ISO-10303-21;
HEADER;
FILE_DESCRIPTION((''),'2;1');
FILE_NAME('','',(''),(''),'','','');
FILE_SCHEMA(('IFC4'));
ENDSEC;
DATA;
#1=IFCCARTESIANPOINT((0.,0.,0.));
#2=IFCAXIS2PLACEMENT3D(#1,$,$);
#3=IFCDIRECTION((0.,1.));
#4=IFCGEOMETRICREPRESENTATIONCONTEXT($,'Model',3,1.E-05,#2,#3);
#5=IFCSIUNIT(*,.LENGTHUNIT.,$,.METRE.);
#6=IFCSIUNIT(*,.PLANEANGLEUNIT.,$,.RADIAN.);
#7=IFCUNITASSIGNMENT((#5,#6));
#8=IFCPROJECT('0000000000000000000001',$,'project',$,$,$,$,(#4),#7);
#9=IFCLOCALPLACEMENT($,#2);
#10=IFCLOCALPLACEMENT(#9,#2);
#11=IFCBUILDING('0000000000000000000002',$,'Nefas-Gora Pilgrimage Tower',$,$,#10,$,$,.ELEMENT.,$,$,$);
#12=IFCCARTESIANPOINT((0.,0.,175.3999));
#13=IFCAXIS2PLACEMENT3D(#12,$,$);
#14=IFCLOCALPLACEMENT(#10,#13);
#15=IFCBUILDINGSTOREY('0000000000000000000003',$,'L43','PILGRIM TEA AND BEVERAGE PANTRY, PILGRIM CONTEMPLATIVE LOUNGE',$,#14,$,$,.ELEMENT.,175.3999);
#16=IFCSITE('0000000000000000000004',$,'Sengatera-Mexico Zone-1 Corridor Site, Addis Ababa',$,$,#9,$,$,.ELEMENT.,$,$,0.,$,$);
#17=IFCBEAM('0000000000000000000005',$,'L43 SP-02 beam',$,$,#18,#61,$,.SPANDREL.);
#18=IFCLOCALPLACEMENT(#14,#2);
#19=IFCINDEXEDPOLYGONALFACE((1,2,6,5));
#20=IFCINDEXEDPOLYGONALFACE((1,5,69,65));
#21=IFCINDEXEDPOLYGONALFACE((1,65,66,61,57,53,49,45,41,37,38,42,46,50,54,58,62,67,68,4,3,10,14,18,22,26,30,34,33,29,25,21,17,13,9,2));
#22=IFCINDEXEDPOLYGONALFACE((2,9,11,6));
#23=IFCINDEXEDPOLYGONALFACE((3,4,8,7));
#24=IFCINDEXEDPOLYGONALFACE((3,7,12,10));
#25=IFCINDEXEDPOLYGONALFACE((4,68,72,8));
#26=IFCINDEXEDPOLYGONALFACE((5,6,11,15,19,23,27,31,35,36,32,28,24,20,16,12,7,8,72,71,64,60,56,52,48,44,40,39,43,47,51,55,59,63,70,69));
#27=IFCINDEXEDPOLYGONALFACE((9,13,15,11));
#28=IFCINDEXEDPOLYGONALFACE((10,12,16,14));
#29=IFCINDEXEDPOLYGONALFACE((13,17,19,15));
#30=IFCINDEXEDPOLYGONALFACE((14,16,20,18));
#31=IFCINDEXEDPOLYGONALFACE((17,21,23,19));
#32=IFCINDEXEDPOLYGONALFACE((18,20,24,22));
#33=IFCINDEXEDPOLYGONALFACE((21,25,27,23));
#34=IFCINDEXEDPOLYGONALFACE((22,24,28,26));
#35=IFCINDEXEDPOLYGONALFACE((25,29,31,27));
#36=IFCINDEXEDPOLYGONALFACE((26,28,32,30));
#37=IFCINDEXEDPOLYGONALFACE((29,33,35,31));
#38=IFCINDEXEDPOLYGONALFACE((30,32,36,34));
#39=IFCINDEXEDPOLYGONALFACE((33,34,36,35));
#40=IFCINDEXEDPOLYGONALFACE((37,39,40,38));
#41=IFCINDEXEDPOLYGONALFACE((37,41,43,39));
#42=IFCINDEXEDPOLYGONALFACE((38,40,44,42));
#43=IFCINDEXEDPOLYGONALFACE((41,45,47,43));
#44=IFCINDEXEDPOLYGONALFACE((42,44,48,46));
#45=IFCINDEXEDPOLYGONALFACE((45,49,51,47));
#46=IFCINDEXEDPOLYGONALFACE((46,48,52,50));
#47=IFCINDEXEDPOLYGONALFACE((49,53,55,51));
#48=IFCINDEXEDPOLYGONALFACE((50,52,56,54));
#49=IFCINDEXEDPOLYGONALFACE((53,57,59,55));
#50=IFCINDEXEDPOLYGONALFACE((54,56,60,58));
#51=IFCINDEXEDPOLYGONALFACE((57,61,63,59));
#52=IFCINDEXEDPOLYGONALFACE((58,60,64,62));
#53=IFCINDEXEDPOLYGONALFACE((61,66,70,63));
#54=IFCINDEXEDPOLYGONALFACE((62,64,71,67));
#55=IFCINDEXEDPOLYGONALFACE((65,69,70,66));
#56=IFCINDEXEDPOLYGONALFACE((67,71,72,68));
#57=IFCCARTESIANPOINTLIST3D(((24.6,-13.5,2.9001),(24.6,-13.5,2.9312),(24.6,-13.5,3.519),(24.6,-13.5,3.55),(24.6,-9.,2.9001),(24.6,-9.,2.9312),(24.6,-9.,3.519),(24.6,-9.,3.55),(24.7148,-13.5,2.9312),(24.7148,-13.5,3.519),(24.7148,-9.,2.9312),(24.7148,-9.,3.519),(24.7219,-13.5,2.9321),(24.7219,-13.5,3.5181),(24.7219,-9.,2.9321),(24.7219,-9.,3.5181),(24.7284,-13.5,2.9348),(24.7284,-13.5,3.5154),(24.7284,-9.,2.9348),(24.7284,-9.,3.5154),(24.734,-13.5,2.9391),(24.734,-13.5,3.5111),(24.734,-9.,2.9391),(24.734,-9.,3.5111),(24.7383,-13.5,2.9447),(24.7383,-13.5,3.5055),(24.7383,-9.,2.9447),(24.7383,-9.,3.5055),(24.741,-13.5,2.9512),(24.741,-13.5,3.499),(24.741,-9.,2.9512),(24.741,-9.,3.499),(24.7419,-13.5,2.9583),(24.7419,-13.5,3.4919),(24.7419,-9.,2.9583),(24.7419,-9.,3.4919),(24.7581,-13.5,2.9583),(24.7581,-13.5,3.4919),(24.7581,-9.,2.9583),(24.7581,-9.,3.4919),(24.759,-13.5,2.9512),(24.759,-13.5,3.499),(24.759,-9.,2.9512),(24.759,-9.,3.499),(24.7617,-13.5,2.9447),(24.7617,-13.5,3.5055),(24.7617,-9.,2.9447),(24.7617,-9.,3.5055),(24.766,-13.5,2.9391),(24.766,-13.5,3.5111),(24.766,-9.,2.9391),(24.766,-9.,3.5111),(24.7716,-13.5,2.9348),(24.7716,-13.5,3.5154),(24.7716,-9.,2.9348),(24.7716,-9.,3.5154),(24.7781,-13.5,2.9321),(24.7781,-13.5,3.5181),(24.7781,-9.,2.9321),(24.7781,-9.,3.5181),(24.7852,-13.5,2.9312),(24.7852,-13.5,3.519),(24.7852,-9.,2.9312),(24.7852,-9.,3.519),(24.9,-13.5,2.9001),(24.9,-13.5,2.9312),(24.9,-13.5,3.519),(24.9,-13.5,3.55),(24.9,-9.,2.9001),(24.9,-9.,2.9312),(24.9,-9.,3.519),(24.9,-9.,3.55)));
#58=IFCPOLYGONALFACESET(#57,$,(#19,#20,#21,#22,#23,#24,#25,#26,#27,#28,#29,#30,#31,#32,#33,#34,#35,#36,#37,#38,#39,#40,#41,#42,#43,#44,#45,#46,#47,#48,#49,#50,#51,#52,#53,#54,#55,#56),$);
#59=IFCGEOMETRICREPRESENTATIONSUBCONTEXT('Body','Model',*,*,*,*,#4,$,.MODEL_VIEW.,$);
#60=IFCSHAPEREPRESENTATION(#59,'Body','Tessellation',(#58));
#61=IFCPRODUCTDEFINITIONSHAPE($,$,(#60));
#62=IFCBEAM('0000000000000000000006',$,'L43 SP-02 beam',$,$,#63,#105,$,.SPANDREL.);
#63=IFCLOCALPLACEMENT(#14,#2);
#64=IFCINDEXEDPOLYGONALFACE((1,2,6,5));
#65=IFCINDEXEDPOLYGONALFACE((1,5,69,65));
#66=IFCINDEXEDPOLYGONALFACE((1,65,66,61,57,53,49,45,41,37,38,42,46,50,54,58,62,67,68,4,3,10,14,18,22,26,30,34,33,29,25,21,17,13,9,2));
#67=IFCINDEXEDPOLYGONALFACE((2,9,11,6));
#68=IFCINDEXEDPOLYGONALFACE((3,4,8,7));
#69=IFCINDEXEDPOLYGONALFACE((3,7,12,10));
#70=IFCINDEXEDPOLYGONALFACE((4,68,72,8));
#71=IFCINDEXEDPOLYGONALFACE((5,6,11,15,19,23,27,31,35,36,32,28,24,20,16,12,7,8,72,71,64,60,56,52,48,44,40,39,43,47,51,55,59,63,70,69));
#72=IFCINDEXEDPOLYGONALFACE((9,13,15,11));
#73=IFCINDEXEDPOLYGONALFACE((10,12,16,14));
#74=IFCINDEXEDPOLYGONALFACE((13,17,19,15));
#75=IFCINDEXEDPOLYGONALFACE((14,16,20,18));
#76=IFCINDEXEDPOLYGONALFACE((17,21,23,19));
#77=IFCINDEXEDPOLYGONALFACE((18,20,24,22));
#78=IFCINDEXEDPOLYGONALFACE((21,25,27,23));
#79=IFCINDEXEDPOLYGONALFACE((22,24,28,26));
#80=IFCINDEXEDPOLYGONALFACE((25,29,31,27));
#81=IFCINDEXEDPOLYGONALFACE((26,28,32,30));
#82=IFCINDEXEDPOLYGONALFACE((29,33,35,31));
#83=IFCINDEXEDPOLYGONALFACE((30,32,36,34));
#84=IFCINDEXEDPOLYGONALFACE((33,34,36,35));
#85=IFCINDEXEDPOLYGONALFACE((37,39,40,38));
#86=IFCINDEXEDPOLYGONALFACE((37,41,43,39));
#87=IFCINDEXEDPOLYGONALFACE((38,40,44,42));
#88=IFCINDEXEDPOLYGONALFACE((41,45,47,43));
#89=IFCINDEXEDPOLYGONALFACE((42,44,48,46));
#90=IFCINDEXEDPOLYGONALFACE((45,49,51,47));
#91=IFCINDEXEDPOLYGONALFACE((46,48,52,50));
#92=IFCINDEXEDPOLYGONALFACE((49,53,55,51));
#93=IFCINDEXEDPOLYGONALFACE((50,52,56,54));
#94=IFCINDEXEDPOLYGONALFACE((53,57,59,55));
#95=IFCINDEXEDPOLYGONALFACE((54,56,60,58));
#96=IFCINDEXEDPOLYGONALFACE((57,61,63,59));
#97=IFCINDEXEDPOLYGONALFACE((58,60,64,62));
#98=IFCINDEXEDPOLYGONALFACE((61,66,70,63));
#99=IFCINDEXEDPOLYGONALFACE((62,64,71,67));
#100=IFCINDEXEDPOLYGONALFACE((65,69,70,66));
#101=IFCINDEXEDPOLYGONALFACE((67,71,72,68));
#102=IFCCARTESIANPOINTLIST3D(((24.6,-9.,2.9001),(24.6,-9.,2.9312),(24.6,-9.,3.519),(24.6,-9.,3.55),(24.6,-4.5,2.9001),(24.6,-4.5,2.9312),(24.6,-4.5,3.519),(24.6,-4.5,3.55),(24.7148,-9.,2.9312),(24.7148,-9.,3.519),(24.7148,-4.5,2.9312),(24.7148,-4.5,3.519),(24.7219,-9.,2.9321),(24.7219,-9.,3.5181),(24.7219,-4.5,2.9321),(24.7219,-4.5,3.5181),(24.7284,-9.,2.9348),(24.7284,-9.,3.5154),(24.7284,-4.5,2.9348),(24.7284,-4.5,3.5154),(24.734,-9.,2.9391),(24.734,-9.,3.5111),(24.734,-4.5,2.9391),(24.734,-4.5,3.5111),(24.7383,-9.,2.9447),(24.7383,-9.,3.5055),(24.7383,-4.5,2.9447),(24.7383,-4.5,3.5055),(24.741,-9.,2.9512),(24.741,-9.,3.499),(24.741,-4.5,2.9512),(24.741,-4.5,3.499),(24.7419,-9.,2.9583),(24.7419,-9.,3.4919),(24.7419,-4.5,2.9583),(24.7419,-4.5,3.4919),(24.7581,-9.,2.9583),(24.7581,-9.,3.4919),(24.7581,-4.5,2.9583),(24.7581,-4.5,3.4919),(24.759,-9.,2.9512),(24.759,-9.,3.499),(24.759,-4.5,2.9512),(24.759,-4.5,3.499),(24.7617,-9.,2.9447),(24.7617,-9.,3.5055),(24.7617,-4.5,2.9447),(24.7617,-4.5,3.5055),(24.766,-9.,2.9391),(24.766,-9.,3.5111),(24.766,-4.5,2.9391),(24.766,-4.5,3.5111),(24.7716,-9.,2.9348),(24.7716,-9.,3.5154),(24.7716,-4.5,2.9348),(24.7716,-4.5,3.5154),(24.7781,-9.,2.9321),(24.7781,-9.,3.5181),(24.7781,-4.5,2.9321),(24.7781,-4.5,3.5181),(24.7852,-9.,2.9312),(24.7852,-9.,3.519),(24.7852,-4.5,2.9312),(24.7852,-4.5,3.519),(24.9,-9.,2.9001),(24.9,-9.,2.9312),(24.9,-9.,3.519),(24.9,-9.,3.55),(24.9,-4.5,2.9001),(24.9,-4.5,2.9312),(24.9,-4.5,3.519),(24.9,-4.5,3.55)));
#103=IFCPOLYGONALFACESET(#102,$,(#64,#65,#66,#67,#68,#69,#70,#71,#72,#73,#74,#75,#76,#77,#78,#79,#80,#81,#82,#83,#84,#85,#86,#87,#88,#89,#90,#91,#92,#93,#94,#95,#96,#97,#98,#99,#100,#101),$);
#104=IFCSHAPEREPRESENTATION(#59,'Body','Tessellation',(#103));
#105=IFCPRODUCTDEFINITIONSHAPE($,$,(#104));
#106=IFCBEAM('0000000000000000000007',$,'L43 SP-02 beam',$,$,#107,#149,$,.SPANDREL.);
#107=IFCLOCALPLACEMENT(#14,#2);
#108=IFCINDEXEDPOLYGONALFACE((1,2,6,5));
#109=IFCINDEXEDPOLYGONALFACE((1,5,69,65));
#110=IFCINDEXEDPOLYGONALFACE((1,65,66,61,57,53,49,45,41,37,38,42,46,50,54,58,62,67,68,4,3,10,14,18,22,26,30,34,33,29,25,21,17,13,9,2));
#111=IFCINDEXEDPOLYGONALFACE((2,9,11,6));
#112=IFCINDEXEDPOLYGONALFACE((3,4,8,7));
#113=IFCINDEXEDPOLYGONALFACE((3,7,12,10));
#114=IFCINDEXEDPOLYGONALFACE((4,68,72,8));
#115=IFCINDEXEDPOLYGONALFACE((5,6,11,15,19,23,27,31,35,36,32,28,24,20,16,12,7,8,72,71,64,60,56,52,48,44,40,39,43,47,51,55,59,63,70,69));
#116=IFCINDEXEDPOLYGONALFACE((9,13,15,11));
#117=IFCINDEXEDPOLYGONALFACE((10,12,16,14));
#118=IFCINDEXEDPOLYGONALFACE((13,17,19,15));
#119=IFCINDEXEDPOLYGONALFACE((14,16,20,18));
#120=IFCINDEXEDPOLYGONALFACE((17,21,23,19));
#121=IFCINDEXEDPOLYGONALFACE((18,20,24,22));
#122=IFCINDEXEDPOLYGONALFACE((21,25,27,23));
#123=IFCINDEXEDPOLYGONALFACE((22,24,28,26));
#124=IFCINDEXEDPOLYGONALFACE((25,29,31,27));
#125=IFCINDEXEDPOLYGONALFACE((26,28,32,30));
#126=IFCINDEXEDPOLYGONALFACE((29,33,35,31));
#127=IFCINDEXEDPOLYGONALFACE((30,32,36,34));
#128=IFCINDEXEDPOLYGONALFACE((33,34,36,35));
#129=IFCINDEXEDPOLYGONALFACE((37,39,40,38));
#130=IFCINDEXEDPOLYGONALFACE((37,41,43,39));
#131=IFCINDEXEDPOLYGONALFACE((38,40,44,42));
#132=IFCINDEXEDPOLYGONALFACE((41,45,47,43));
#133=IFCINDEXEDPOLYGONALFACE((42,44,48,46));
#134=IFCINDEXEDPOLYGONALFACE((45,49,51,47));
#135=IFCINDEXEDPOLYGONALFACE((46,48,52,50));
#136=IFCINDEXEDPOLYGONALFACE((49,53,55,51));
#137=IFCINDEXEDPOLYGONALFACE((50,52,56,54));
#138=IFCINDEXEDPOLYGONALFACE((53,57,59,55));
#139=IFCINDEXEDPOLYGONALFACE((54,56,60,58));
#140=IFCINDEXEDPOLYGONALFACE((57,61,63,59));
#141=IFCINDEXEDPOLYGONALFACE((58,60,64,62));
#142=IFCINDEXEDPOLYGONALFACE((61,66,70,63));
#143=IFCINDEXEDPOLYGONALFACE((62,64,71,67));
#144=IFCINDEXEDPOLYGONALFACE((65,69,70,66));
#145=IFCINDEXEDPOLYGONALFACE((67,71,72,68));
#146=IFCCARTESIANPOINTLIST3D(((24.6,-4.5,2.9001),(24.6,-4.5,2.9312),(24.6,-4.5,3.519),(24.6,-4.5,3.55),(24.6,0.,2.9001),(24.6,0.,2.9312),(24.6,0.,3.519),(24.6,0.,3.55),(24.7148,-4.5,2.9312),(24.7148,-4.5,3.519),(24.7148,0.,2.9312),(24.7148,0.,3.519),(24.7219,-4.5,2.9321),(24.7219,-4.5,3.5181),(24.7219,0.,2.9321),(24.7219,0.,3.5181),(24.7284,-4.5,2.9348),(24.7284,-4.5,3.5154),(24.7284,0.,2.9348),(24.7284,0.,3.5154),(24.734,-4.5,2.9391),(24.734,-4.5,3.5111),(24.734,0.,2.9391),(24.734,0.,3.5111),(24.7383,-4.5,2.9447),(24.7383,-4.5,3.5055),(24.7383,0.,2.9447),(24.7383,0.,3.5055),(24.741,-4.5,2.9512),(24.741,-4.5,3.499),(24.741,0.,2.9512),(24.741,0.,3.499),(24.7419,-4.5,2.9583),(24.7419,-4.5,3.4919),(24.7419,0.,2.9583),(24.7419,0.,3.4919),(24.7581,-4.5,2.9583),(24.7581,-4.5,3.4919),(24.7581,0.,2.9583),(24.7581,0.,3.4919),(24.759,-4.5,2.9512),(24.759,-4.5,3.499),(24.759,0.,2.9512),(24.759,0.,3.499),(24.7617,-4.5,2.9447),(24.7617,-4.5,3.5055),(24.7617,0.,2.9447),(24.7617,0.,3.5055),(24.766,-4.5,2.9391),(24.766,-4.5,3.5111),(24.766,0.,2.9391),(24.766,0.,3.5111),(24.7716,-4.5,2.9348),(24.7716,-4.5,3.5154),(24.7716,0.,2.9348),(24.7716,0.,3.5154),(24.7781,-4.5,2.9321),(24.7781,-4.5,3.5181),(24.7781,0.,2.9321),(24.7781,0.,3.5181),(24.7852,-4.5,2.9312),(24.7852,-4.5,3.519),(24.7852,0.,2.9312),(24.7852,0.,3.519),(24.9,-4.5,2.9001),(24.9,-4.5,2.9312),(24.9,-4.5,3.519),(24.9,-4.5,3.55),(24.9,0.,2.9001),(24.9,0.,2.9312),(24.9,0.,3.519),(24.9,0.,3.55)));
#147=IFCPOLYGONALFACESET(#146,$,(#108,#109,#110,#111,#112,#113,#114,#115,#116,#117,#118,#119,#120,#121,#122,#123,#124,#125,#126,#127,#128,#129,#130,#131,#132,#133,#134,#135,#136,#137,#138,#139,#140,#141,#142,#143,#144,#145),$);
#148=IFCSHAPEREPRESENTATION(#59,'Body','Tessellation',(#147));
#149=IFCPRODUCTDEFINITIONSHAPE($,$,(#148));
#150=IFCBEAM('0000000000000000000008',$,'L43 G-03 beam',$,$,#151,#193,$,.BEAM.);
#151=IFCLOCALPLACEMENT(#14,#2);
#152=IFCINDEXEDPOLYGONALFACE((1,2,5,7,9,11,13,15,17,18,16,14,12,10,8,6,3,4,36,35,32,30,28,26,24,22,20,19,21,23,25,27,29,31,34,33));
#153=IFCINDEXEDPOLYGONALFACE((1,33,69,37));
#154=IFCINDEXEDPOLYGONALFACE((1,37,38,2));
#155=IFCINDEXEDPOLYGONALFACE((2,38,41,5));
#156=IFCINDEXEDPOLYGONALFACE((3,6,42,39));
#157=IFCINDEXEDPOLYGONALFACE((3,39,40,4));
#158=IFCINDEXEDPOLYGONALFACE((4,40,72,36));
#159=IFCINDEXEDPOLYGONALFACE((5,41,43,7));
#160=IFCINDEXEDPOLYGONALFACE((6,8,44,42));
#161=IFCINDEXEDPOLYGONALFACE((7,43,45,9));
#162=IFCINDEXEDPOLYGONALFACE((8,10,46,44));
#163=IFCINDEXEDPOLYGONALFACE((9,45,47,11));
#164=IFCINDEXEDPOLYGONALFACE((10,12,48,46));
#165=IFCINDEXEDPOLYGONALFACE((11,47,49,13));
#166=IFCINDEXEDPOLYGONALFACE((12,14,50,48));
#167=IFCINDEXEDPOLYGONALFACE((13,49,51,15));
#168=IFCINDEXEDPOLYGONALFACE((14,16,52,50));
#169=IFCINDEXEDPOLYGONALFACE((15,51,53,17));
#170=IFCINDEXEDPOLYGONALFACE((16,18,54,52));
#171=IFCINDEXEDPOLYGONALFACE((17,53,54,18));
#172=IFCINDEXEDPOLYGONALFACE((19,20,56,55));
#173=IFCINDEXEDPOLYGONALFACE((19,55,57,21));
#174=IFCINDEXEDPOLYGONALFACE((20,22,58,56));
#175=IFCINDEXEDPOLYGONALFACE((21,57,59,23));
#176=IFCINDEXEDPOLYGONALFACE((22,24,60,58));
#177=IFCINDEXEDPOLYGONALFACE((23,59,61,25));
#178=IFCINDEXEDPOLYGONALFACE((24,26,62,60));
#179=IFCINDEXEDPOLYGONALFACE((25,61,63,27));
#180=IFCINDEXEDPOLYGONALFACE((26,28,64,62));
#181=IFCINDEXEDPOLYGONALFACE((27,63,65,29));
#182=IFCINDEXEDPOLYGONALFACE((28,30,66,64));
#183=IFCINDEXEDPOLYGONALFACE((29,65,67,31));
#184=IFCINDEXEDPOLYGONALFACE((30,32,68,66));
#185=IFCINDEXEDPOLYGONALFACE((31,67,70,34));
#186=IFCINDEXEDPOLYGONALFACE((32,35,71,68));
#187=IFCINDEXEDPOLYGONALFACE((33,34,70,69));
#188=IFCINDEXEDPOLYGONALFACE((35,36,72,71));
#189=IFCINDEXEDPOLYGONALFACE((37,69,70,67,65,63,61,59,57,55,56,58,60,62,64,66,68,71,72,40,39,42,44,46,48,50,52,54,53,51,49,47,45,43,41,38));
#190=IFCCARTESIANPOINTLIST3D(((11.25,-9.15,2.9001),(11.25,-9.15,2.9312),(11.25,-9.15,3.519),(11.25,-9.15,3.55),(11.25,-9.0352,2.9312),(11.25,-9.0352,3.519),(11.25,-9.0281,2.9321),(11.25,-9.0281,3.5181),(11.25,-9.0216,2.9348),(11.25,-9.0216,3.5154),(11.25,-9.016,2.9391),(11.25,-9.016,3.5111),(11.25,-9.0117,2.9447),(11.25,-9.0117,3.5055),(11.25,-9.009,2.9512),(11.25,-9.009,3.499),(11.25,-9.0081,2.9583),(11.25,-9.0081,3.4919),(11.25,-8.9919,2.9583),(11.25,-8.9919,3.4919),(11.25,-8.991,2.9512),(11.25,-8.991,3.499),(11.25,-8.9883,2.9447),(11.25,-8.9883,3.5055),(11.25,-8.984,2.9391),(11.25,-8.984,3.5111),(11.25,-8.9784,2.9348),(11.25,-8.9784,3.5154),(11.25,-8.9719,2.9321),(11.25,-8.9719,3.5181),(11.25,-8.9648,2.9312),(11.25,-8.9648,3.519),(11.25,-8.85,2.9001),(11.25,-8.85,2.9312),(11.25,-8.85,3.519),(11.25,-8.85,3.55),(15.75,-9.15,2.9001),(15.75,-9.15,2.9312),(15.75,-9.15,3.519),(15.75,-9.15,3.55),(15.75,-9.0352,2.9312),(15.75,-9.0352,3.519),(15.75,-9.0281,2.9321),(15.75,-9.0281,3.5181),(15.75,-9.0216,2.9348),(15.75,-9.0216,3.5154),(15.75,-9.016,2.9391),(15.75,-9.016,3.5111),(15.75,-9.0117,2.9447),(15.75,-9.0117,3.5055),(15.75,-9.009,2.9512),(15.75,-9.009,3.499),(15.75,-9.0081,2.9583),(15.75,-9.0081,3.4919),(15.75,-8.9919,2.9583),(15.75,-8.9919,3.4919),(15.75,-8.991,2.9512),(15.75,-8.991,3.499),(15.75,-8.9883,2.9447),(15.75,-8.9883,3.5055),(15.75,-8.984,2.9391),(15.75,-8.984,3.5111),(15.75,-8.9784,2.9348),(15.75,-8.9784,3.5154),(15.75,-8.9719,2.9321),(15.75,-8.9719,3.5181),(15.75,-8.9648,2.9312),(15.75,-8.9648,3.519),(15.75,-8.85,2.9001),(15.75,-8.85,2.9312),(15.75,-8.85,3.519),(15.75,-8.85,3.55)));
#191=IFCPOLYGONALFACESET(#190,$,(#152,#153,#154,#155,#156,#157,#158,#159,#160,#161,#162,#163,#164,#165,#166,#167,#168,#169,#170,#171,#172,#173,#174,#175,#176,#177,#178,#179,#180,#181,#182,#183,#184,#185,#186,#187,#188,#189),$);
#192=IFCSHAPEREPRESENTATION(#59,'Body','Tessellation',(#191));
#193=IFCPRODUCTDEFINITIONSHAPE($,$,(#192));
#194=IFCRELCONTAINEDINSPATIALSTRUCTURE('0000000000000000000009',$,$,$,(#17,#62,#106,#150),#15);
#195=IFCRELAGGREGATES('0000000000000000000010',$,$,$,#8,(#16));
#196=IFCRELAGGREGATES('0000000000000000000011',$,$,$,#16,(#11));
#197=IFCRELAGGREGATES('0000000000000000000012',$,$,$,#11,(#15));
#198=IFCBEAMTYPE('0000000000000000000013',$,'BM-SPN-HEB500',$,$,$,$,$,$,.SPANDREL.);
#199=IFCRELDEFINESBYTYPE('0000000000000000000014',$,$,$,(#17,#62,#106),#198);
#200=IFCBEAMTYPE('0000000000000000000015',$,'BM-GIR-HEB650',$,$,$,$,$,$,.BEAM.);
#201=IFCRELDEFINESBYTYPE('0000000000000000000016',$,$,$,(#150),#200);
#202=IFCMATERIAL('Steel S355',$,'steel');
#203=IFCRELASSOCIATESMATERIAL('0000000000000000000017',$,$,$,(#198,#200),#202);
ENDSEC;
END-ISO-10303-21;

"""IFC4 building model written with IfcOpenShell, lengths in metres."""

from ifc_helpers import new_model, si_unit, direction, frame, origin, origin_2d, place, context, subcontext, project, spatial, i_section, extrude, source, transform, mapped, material, material_profile, profile_set, type_object, element, save


model = new_model("IFC4")

# Units and contexts
model_context = context("Model", 3, precision=1e-05, world=origin(), true_north=direction((0.0, 1.0)))
body_context = subcontext(model_context, "Body", "Model", "MODEL_VIEW")
ifc_project = project(units=[si_unit("LENGTHUNIT", "METRE"), si_unit("PLANEANGLEUNIT", "RADIAN")], contexts=[model_context])

# Site, building, storey
site_placement = place(None, origin())
site = spatial("IfcSite", under=ifc_project, at=site_placement, Name="Sengatera-Mexico Zone-1 Corridor Site, Addis Ababa", CompositionType="ELEMENT", RefElevation=0.0)
building_placement = place(site_placement, origin())
building = spatial("IfcBuilding", under=site, at=building_placement, Name="Nefas-Gora Pilgrimage Tower", CompositionType="ELEMENT")
storey_placement = place(building_placement, frame((0.0, 0.0, 175.3999)))
storey = spatial("IfcBuildingStorey", under=building, at=storey_placement, Name="L43", Description="PILGRIM TEA AND BEVERAGE PANTRY, PILGRIM CONTEMPLATIVE LOUNGE", CompositionType="ELEMENT", Elevation=175.3999)

# Beams
ifc_material_1 = material(Name="Steel S355", Category="steel")
ifc_material_profile_1 = material_profile(ifc_material_1, i_section(OverallWidth=0.3, OverallDepth=0.6499, WebThickness=0.0161, FlangeThickness=0.031, FilletRadius=0.0271, at=origin_2d()), Name="HEB 650")
ifc_profile_set_1 = profile_set([ifc_material_profile_1], Name="Steel S355")
beam_type_1 = type_object("IfcBeamType", Name="BM-SPN-HEB500", PredefinedType="SPANDREL", material=ifc_profile_set_1)
shared_shape_1 = source(origin(), body_context, "Body", "SweptSolid", [
    extrude(i_section(OverallWidth=0.3, OverallDepth=0.6499, WebThickness=0.0161, FlangeThickness=0.031, FilletRadius=0.0271, at=origin_2d()), origin(), (0.0, 0.0, 1.0), 4.5),
])
for number, where, z_axis, x_axis, name in (
    (1, (24.75, -13.5, 3.2251), (0.0, 1.0, 0.0), (-1.0, 0.0, 0.0), "L43 SP-02 beam"),
    (2, (24.75, -9.0, 3.2251), (0.0, 1.0, 0.0), (-1.0, 0.0, 0.0), "L43 SP-02 beam"),
    (3, (24.75, -4.5, 3.2251), (0.0, 1.0, 0.0), (-1.0, 0.0, 0.0), "L43 SP-02 beam"),
):
    element("IfcBeam", number, at=place(storey_placement, frame(where, z_axis=z_axis, x_axis=x_axis)), inside=storey, type_object=beam_type_1, Name=name, PredefinedType="SPANDREL", context=body_context, shape_type="MappedRepresentation", body=[
        mapped(shared_shape_1, transform((0.0, 0.0, 0.0), x_axis=(1.0, 0.0, 0.0), y_axis=(0.0, 1.0, 0.0), z_axis=(0.0, 0.0, 1.0), scale=1.0)),
    ])
ifc_material_profile_2 = material_profile(ifc_material_1, i_section(OverallWidth=0.3, OverallDepth=0.6499, WebThickness=0.0161, FlangeThickness=0.031, FilletRadius=0.0271, at=origin_2d()), Name="HEB 650")
ifc_profile_set_2 = profile_set([ifc_material_profile_2], Name="Steel S355")
beam_type_2 = type_object("IfcBeamType", Name="BM-GIR-HEB650", PredefinedType="BEAM", material=ifc_profile_set_2)
shared_shape_2 = source(origin(), body_context, "Body", "SweptSolid", [
    extrude(i_section(OverallWidth=0.3, OverallDepth=0.6499, WebThickness=0.0161, FlangeThickness=0.031, FilletRadius=0.0271, at=origin_2d()), origin(), (0.0, 0.0, 1.0), 4.5),
])
for number, where, z_axis, x_axis, name in (
    (4, (11.25, -9.0, 3.2251), (1.0, 0.0, 0.0), (0.0, 1.0, 0.0), "L43 G-03 beam"),
):
    element("IfcBeam", number, at=place(storey_placement, frame(where, z_axis=z_axis, x_axis=x_axis)), inside=storey, type_object=beam_type_2, Name=name, PredefinedType="BEAM", context=body_context, shape_type="MappedRepresentation", body=[
        mapped(shared_shape_2, transform((0.0, 0.0, 0.0), x_axis=(1.0, 0.0, 0.0), y_axis=(0.0, 1.0, 0.0), z_axis=(0.0, 0.0, 1.0), scale=1.0)),
    ])

save(model, "model.ifc")
